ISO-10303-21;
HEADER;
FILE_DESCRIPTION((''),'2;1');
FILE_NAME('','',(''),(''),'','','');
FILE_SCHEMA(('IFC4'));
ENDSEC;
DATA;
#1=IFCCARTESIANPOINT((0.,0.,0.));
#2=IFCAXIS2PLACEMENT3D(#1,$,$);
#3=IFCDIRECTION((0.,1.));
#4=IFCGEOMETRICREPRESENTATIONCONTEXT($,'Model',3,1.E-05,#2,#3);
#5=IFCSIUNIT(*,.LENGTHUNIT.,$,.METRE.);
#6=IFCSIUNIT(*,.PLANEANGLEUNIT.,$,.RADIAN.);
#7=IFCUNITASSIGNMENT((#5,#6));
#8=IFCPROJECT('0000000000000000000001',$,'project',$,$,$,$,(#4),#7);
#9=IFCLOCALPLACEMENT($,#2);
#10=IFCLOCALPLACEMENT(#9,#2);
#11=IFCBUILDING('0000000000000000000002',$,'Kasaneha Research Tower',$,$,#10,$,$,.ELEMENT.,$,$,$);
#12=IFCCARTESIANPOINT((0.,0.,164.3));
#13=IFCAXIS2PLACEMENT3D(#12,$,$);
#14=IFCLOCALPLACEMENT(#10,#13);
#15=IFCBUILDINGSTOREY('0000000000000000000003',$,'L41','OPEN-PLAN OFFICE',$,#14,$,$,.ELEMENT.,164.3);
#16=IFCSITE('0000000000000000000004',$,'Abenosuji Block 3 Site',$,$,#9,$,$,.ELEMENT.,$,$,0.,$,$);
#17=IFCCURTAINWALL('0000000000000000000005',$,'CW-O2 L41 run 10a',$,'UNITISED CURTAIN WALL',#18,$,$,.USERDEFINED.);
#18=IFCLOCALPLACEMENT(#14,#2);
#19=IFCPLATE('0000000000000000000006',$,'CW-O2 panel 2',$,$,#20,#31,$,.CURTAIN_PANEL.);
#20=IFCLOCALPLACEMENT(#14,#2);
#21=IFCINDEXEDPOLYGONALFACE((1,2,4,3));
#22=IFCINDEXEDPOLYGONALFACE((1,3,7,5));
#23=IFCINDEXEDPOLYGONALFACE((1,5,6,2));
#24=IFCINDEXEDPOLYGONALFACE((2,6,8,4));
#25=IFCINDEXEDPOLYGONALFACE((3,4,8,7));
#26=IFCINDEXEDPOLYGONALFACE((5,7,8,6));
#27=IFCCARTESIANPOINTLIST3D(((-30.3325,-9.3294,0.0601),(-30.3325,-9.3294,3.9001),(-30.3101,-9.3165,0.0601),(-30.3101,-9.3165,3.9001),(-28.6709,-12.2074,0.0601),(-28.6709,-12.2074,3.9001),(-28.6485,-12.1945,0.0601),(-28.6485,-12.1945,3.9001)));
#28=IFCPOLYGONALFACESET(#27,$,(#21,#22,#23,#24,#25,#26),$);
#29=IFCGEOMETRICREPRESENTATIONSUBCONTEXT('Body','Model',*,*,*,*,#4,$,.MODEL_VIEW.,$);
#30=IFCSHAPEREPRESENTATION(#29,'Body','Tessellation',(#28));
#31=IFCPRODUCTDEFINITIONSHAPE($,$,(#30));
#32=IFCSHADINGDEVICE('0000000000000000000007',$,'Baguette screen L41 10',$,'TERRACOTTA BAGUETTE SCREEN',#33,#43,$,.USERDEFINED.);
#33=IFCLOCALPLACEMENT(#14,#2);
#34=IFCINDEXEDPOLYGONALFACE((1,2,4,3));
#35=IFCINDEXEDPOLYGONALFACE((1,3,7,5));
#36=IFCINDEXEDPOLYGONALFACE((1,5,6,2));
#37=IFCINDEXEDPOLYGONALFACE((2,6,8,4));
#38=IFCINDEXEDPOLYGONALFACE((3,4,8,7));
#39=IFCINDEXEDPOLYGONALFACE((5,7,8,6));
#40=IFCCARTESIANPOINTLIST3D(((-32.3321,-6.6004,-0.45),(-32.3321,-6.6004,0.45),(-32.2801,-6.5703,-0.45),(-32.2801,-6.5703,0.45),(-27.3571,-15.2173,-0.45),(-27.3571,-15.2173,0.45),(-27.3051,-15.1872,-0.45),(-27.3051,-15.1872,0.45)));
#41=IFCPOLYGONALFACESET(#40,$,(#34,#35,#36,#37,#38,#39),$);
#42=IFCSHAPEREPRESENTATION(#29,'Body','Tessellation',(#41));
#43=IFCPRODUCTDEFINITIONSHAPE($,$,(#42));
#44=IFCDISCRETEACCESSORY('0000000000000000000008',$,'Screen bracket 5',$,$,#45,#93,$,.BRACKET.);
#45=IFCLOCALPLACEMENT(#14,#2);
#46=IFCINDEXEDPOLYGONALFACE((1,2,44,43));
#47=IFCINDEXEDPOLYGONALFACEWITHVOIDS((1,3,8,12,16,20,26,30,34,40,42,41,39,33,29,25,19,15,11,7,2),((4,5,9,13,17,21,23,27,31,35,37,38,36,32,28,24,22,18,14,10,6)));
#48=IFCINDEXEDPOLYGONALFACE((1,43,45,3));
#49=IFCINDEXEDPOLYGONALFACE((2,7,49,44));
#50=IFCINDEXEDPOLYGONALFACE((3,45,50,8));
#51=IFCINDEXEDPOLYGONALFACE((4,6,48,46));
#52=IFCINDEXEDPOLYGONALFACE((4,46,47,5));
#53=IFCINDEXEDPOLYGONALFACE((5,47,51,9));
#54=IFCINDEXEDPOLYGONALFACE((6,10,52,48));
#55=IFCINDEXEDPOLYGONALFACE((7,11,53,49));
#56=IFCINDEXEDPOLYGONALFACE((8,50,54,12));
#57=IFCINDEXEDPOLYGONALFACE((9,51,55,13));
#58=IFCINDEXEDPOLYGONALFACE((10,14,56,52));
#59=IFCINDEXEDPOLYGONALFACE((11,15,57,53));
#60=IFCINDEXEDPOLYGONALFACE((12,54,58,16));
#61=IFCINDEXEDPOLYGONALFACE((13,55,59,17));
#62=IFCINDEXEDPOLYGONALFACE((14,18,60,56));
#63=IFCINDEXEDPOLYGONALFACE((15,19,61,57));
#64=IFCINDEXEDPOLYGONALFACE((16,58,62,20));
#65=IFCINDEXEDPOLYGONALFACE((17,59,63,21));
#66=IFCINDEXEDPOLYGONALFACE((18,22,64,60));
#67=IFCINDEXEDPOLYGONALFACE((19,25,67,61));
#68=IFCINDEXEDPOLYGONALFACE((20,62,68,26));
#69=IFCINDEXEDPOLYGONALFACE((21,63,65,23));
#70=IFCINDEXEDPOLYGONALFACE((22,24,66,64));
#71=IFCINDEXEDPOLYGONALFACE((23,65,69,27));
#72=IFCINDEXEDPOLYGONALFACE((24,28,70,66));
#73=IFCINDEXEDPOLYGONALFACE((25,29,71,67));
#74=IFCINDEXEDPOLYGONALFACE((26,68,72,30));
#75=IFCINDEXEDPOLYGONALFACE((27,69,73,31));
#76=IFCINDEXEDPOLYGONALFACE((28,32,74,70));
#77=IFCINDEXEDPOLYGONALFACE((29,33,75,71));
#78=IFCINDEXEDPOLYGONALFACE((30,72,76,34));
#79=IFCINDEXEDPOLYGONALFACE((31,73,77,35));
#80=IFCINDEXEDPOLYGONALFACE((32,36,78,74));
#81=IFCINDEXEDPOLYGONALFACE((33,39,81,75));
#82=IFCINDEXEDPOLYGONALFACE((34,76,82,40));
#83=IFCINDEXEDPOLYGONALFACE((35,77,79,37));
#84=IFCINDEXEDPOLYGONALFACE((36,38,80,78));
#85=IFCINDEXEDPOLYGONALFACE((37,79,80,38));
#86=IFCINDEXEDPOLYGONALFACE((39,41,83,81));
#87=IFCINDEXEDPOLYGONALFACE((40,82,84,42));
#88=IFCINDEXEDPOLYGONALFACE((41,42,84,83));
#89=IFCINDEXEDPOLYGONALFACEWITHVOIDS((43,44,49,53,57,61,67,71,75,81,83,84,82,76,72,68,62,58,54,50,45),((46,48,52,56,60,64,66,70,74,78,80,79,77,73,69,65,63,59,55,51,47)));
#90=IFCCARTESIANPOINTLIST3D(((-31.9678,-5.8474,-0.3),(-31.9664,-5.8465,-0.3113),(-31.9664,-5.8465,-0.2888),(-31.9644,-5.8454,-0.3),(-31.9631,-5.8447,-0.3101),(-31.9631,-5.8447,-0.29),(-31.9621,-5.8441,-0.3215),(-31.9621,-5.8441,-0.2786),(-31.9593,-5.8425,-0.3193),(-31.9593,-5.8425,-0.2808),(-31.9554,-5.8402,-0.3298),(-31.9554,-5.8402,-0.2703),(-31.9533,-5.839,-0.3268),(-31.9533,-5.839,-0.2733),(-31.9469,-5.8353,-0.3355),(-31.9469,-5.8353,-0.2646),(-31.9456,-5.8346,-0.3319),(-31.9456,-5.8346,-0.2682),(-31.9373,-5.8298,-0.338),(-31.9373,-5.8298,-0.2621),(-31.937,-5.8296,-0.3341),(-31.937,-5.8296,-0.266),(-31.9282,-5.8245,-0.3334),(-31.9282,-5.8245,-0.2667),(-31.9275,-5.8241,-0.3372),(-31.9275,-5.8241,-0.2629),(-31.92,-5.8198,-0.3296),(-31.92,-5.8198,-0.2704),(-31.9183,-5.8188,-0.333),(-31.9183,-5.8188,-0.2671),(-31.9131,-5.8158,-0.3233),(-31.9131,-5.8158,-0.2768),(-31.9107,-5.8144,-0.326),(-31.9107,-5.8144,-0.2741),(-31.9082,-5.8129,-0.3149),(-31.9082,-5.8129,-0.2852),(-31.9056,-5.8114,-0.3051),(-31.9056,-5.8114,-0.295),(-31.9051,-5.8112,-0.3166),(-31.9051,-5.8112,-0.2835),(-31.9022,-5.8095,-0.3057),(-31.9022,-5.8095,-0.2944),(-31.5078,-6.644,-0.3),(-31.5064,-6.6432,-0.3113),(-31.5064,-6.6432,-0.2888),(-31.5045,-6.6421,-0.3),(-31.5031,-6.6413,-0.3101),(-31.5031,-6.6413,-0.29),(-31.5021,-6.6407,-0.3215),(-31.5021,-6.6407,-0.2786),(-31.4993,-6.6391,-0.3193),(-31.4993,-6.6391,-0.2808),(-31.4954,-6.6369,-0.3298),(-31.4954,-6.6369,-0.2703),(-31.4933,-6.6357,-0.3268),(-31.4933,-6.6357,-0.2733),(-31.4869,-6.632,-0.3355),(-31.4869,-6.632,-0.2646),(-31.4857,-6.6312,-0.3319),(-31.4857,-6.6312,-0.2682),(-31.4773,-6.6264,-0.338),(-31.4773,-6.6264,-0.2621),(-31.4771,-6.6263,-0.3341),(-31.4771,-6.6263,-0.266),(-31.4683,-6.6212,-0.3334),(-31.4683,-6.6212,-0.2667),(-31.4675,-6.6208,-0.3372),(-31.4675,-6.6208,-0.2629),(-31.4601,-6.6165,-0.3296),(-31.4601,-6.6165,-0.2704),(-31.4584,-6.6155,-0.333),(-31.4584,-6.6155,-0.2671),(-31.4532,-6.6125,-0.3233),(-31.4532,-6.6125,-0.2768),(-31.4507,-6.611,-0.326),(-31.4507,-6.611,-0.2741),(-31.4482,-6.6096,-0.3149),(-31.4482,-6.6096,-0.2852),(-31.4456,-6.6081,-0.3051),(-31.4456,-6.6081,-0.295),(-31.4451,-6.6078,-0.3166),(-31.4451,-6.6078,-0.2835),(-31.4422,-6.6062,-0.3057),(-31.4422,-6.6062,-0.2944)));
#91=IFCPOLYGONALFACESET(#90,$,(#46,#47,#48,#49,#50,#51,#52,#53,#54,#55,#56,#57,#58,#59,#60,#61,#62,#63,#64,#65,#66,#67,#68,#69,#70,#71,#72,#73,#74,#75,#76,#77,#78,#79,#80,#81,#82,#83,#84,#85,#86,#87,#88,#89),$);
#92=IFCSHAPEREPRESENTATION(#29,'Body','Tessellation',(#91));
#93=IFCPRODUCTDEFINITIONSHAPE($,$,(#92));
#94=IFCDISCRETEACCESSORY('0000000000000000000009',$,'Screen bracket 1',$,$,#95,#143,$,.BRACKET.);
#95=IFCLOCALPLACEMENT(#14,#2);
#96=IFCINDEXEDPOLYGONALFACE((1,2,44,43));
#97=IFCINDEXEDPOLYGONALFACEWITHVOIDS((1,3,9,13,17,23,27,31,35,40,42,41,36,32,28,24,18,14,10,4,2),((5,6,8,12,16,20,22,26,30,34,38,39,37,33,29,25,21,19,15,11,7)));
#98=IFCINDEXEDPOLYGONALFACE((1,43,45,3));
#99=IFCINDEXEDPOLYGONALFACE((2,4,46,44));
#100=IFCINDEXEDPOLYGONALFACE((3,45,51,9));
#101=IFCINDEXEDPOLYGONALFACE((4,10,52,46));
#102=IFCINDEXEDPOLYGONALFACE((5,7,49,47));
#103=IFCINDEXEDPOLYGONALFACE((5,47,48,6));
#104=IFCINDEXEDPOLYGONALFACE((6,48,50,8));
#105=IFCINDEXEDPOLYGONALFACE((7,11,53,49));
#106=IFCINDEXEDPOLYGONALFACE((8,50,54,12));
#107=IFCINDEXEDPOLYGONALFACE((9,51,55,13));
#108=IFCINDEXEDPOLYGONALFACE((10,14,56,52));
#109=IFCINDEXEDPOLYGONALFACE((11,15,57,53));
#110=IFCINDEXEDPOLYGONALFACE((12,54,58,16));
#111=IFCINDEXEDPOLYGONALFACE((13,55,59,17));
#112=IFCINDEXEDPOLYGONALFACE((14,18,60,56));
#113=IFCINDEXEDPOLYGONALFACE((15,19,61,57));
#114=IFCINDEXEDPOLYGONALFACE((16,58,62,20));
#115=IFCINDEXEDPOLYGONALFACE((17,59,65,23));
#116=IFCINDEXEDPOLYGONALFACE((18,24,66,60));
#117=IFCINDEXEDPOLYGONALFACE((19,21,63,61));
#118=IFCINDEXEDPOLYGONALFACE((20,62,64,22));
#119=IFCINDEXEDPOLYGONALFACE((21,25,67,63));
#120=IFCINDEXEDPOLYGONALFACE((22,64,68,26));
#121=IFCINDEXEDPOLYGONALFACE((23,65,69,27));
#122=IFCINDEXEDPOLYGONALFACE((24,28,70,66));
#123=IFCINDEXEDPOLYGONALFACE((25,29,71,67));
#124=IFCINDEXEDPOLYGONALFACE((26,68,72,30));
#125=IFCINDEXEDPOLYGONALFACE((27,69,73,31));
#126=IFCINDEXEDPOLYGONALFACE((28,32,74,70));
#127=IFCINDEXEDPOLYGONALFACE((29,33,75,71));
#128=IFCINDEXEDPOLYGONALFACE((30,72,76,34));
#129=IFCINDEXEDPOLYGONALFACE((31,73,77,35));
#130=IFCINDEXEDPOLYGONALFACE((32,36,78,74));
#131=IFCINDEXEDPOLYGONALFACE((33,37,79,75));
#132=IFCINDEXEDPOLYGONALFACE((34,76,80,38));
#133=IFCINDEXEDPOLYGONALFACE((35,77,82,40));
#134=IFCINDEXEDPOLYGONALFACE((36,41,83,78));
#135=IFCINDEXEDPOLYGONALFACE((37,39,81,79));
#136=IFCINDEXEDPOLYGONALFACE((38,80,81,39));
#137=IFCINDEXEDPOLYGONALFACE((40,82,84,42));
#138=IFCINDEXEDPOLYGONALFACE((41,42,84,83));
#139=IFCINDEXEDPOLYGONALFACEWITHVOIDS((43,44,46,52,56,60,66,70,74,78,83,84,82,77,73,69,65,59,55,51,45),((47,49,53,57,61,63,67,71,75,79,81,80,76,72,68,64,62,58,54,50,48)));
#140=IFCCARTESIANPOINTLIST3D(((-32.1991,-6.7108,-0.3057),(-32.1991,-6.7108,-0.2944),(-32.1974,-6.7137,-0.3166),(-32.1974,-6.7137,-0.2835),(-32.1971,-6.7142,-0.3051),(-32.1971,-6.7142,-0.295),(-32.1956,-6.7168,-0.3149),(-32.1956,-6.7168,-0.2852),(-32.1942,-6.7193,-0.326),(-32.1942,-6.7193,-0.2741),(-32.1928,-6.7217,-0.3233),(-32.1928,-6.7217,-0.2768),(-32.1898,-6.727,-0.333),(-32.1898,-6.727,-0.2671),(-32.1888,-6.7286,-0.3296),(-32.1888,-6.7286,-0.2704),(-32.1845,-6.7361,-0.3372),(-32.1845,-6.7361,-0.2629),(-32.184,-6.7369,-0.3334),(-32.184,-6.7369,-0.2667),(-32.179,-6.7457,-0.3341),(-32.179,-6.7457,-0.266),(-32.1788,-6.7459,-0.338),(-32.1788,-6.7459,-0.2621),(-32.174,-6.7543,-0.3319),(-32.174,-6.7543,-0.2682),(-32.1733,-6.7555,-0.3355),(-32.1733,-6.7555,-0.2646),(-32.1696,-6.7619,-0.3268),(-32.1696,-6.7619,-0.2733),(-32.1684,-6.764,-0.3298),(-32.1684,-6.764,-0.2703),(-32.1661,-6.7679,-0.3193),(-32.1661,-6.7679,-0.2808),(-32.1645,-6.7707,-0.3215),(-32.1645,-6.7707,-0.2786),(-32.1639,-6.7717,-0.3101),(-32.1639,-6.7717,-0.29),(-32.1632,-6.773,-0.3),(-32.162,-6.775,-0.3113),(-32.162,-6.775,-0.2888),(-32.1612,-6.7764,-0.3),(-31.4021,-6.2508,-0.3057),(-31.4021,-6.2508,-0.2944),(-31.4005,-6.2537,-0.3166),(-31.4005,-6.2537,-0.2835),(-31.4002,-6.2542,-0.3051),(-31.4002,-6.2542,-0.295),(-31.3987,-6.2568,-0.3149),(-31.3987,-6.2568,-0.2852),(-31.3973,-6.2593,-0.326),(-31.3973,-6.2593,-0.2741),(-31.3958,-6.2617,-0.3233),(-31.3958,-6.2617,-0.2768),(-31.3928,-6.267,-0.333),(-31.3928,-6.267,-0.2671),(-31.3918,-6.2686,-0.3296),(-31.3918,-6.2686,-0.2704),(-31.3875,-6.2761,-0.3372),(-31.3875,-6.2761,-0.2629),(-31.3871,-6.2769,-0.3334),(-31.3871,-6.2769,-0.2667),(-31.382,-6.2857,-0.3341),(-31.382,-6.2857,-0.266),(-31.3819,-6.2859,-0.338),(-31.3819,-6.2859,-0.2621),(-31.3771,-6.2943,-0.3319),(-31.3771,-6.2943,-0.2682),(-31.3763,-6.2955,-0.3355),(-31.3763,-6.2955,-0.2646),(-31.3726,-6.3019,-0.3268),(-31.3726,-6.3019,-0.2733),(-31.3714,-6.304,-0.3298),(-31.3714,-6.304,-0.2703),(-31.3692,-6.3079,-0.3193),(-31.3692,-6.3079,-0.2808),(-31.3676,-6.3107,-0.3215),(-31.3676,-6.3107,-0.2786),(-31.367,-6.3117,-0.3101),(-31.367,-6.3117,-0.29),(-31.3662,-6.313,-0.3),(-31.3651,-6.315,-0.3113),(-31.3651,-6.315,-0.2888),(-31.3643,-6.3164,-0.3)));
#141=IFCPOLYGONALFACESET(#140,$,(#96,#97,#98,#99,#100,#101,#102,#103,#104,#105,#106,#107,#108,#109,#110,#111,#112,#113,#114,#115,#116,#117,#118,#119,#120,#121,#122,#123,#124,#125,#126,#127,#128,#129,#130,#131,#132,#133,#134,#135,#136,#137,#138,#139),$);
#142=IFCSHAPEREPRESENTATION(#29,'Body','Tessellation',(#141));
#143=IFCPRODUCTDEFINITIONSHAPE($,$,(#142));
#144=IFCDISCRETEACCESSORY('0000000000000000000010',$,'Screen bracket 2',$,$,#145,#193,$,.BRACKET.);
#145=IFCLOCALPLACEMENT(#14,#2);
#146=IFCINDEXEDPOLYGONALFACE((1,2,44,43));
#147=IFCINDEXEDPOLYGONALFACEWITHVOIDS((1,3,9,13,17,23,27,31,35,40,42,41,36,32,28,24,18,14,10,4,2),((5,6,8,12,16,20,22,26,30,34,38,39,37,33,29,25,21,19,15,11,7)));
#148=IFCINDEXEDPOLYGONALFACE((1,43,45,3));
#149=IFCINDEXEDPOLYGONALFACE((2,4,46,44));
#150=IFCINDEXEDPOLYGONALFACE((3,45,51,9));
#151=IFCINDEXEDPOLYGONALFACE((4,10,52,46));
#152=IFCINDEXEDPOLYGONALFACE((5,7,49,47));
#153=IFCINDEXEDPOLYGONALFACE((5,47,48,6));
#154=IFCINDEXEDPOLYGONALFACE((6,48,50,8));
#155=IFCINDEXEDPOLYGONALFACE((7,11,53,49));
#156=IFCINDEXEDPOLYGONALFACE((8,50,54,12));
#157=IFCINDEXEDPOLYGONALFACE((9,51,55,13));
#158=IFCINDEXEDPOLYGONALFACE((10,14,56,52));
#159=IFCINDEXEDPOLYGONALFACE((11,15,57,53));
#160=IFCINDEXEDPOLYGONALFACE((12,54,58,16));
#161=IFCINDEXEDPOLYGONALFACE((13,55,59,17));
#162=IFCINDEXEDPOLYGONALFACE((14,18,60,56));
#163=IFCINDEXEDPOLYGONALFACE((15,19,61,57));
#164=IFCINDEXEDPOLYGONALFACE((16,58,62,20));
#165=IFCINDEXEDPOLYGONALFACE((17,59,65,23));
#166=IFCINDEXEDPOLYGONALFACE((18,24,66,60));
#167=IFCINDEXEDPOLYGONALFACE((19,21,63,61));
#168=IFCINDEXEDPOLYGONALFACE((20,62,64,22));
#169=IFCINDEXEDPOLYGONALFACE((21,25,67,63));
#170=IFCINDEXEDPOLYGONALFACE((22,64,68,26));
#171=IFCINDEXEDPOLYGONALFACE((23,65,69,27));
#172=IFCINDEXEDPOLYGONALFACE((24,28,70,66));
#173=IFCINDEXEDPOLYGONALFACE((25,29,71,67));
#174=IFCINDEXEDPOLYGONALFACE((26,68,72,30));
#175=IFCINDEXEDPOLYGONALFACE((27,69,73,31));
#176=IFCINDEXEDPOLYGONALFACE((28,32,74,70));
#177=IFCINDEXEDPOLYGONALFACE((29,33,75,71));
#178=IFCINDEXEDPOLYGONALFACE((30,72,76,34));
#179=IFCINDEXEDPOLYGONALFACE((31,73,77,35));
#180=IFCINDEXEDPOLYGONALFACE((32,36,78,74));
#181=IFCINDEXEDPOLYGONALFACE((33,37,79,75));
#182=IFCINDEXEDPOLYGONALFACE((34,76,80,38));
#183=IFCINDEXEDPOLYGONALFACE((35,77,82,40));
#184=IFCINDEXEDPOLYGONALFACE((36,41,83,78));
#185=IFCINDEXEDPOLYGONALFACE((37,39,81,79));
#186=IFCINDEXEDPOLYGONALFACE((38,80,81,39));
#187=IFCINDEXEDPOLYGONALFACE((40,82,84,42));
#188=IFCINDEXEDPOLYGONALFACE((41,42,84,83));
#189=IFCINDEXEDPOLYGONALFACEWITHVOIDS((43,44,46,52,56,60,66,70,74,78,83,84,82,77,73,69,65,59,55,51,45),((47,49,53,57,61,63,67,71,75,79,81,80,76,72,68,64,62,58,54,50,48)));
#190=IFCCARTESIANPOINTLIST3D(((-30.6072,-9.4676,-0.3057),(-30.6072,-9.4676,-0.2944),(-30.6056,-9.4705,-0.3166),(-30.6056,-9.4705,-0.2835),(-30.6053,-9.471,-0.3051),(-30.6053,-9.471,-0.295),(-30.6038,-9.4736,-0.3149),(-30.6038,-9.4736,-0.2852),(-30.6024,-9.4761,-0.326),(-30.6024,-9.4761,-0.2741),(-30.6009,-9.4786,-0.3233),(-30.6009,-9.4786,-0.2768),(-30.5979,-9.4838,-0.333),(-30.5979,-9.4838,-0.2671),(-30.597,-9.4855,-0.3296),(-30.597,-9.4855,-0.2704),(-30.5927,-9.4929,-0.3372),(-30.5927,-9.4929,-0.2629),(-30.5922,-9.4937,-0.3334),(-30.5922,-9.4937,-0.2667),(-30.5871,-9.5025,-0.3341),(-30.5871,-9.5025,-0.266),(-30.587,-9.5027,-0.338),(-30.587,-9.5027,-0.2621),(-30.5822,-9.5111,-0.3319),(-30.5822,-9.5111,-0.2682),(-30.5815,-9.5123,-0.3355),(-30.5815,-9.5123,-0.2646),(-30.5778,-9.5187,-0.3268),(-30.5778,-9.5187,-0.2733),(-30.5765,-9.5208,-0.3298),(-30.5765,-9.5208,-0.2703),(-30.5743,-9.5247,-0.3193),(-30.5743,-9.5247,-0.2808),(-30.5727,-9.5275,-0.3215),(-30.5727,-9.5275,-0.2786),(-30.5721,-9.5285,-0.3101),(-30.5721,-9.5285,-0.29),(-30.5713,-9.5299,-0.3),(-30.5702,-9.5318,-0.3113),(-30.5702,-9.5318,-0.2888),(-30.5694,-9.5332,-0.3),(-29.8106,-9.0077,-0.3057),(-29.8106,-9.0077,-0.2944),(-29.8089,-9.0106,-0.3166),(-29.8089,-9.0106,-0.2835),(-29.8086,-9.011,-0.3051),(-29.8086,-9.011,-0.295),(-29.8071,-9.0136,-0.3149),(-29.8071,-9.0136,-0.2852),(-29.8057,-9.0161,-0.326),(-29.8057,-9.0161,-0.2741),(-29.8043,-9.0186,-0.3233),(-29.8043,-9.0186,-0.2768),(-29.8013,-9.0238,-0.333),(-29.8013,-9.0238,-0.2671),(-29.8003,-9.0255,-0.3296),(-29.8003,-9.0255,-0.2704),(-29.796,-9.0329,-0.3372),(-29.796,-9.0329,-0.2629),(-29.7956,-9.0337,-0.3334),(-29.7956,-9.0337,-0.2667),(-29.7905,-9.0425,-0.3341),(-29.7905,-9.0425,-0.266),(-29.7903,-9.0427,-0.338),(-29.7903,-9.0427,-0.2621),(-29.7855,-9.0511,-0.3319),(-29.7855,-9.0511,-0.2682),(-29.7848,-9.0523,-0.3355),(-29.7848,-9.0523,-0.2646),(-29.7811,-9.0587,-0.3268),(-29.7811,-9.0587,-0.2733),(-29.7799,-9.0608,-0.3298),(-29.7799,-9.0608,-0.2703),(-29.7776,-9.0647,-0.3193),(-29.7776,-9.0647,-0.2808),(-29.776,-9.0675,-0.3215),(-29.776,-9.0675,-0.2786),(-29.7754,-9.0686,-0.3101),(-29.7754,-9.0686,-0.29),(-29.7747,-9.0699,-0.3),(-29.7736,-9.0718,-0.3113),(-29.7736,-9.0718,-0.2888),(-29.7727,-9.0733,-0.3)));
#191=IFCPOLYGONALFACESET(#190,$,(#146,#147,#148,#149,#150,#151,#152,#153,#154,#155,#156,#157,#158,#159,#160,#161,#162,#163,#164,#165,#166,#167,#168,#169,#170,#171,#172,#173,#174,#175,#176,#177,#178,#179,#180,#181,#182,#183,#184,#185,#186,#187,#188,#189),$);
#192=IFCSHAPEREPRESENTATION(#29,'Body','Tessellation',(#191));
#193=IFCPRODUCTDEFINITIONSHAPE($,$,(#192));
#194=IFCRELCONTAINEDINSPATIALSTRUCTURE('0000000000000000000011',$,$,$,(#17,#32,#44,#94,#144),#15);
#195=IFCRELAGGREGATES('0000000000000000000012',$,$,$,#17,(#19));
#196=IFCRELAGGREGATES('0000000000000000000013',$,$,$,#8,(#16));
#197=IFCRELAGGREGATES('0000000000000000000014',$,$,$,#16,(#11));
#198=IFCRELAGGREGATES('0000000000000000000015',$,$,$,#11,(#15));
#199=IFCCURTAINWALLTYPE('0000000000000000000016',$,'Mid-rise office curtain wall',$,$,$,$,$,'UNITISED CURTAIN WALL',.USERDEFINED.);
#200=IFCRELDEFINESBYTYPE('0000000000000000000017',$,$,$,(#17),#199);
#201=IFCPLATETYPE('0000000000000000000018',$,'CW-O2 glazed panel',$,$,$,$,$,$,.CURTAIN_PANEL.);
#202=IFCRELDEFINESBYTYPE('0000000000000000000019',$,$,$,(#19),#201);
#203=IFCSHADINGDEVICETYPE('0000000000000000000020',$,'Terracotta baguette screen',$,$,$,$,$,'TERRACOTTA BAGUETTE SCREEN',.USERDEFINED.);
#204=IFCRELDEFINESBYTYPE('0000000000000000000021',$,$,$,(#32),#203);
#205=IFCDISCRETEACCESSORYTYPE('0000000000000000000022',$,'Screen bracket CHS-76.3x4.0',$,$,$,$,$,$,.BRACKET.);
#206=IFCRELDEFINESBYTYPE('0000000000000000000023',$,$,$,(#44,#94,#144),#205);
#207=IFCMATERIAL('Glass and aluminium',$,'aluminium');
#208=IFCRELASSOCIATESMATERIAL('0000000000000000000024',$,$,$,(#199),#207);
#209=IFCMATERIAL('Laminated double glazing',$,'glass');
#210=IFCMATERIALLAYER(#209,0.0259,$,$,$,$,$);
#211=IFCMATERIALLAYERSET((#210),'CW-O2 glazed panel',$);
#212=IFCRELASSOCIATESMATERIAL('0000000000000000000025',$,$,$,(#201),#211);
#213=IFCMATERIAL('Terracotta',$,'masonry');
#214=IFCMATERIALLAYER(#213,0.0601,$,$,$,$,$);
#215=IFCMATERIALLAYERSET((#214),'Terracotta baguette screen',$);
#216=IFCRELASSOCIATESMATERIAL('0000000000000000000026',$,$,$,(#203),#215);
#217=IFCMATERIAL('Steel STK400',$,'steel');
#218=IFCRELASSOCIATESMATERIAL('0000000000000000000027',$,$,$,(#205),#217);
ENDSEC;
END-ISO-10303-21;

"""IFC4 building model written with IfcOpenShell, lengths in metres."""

from ifc_helpers import new_model, si_unit, direction, frame, origin, origin_2d, place, context, subcontext, project, spatial, rectangle, hollow_circle, extrude, material, layer, layer_set, material_profile, profile_set, type_object, element, aggregate, save


model = new_model("IFC4")

# Units and contexts
model_context = context("Model", 3, precision=1e-05, world=origin(), true_north=direction((0.0, 1.0)))
body_context = subcontext(model_context, "Body", "Model", "MODEL_VIEW")
ifc_project = project(units=[si_unit("LENGTHUNIT", "METRE"), si_unit("PLANEANGLEUNIT", "RADIAN")], contexts=[model_context])

# Site, building, storey
site_placement = place(None, origin())
site = spatial("IfcSite", under=ifc_project, at=site_placement, Name="Abenosuji Block 3 Site", CompositionType="ELEMENT", RefElevation=0.0)
building_placement = place(site_placement, origin())
building = spatial("IfcBuilding", under=site, at=building_placement, Name="Kasaneha Research Tower", CompositionType="ELEMENT")
storey_placement = place(building_placement, frame((0.0, 0.0, 164.3)))
storey = spatial("IfcBuildingStorey", under=building, at=storey_placement, Name="L41", Description="OPEN-PLAN OFFICE", CompositionType="ELEMENT", Elevation=164.3)

# Curtain wall
ifc_material_1 = material(Name="Glass and aluminium", Category="aluminium")
curtain_wall_type = type_object("IfcCurtainWallType", Name="Mid-rise office curtain wall", ElementType="UNITISED CURTAIN WALL", PredefinedType="USERDEFINED", material=ifc_material_1)
curtain_wall_1_placement = place(storey_placement, origin())
curtain_wall_1 = element("IfcCurtainWall", 1, at=curtain_wall_1_placement, inside=storey, type_object=curtain_wall_type, Name="CW-O2 L41 run 10a", ObjectType="UNITISED CURTAIN WALL", PredefinedType="USERDEFINED")

# Plate
ifc_material_2 = material(Name="Laminated double glazing", Category="glass")
ifc_layer_1 = layer(ifc_material_2, 0.0259)
ifc_layer_set_1 = layer_set([ifc_layer_1], Name="CW-O2 glazed panel")
plate_type = type_object("IfcPlateType", Name="CW-O2 glazed panel", PredefinedType="CURTAIN_PANEL", material=ifc_layer_set_1)
plate_1_placement = place(storey_placement, frame((-29.4905, -10.762, 0.0601), z_axis=(0.0, 0.0, 1.0), x_axis=(0.5, -0.866025, 0.0)))
plate_1 = element("IfcPlate", 2, at=plate_1_placement, type_object=plate_type, Name="CW-O2 panel 2", PredefinedType="CURTAIN_PANEL", context=body_context, shape_type="SweptSolid", body=[
    extrude(rectangle(XDim=3.3232, YDim=0.0259, at=origin_2d()), origin(), (0.0, 0.0, 1.0), 3.8401),
])
aggregate(curtain_wall_1, [plate_1])

# Shading device
ifc_material_3 = material(Name="Terracotta", Category="masonry")
ifc_layer_2 = layer(ifc_material_3, 0.0601)
ifc_layer_set_2 = layer_set([ifc_layer_2], Name="Terracotta baguette screen")
shading_device_type = type_object("IfcShadingDeviceType", Name="Terracotta baguette screen", ElementType="TERRACOTTA BAGUETTE SCREEN", PredefinedType="USERDEFINED", material=ifc_layer_set_2)
shading_device_placement = place(storey_placement, frame((-29.8186, -10.8938, -0.45), z_axis=(0.0, 0.0, 1.0), x_axis=(0.5, -0.866025, 0.0)))
element("IfcShadingDevice", 3, at=shading_device_placement, inside=storey, type_object=shading_device_type, Name="Baguette screen L41 10", ObjectType="TERRACOTTA BAGUETTE SCREEN", PredefinedType="USERDEFINED", context=body_context, shape_type="SweptSolid", body=[
    extrude(rectangle(XDim=9.95, YDim=0.0601, at=origin_2d()), origin(), (0.0, 0.0, 1.0), 0.8999),
])

# Discrete accessories
ifc_material_4 = material(Name="Steel STK400", Category="steel")
ifc_material_profile_1 = material_profile(ifc_material_4, hollow_circle(Radius=0.0381, WallThickness=0.0039, at=origin_2d()), Name="CHS-76.3x4.0")
ifc_profile_set_1 = profile_set([ifc_material_profile_1], Name="Steel STK400")
discrete_accessory_type = type_object("IfcDiscreteAccessoryType", Name="Screen bracket CHS-76.3x4.0", PredefinedType="BRACKET", material=ifc_profile_set_1)
discrete_accessory_1_placement = place(storey_placement, frame((-31.4749, -6.625, -0.3), z_axis=(-0.500021, 0.866013, 0.0), x_axis=(-0.866013, -0.500021, 0.0)))
element("IfcDiscreteAccessory", 4, at=discrete_accessory_1_placement, inside=storey, type_object=discrete_accessory_type, Name="Screen bracket 5", PredefinedType="BRACKET", context=body_context, shape_type="SweptSolid", body=[
    extrude(hollow_circle(Radius=0.0381, WallThickness=0.0039, at=origin_2d()), origin(), (0.0, 0.0, 1.0), 0.9199),
])
discrete_accessory_2_placement = place(storey_placement, frame((-31.3833, -6.2834, -0.3), z_axis=(-0.86608, -0.499906, 0.0), x_axis=(0.499906, -0.86608, 0.0)))
element("IfcDiscreteAccessory", 5, at=discrete_accessory_2_placement, inside=storey, type_object=discrete_accessory_type, Name="Screen bracket 1", PredefinedType="BRACKET", context=body_context, shape_type="SweptSolid", body=[
    extrude(hollow_circle(Radius=0.0381, WallThickness=0.0039, at=origin_2d()), origin(), (0.0, 0.0, 1.0), 0.9202),
])
discrete_accessory_3_placement = place(storey_placement, frame((-29.7917, -9.0403, -0.3), z_axis=(-0.866013, -0.500021, 0.0), x_axis=(0.500021, -0.866013, 0.0)))
element("IfcDiscreteAccessory", 6, at=discrete_accessory_3_placement, inside=storey, type_object=discrete_accessory_type, Name="Screen bracket 2", PredefinedType="BRACKET", context=body_context, shape_type="SweptSolid", body=[
    extrude(hollow_circle(Radius=0.0381, WallThickness=0.0039, at=origin_2d()), origin(), (0.0, 0.0, 1.0), 0.9199),
])

save(model, "model.ifc")
